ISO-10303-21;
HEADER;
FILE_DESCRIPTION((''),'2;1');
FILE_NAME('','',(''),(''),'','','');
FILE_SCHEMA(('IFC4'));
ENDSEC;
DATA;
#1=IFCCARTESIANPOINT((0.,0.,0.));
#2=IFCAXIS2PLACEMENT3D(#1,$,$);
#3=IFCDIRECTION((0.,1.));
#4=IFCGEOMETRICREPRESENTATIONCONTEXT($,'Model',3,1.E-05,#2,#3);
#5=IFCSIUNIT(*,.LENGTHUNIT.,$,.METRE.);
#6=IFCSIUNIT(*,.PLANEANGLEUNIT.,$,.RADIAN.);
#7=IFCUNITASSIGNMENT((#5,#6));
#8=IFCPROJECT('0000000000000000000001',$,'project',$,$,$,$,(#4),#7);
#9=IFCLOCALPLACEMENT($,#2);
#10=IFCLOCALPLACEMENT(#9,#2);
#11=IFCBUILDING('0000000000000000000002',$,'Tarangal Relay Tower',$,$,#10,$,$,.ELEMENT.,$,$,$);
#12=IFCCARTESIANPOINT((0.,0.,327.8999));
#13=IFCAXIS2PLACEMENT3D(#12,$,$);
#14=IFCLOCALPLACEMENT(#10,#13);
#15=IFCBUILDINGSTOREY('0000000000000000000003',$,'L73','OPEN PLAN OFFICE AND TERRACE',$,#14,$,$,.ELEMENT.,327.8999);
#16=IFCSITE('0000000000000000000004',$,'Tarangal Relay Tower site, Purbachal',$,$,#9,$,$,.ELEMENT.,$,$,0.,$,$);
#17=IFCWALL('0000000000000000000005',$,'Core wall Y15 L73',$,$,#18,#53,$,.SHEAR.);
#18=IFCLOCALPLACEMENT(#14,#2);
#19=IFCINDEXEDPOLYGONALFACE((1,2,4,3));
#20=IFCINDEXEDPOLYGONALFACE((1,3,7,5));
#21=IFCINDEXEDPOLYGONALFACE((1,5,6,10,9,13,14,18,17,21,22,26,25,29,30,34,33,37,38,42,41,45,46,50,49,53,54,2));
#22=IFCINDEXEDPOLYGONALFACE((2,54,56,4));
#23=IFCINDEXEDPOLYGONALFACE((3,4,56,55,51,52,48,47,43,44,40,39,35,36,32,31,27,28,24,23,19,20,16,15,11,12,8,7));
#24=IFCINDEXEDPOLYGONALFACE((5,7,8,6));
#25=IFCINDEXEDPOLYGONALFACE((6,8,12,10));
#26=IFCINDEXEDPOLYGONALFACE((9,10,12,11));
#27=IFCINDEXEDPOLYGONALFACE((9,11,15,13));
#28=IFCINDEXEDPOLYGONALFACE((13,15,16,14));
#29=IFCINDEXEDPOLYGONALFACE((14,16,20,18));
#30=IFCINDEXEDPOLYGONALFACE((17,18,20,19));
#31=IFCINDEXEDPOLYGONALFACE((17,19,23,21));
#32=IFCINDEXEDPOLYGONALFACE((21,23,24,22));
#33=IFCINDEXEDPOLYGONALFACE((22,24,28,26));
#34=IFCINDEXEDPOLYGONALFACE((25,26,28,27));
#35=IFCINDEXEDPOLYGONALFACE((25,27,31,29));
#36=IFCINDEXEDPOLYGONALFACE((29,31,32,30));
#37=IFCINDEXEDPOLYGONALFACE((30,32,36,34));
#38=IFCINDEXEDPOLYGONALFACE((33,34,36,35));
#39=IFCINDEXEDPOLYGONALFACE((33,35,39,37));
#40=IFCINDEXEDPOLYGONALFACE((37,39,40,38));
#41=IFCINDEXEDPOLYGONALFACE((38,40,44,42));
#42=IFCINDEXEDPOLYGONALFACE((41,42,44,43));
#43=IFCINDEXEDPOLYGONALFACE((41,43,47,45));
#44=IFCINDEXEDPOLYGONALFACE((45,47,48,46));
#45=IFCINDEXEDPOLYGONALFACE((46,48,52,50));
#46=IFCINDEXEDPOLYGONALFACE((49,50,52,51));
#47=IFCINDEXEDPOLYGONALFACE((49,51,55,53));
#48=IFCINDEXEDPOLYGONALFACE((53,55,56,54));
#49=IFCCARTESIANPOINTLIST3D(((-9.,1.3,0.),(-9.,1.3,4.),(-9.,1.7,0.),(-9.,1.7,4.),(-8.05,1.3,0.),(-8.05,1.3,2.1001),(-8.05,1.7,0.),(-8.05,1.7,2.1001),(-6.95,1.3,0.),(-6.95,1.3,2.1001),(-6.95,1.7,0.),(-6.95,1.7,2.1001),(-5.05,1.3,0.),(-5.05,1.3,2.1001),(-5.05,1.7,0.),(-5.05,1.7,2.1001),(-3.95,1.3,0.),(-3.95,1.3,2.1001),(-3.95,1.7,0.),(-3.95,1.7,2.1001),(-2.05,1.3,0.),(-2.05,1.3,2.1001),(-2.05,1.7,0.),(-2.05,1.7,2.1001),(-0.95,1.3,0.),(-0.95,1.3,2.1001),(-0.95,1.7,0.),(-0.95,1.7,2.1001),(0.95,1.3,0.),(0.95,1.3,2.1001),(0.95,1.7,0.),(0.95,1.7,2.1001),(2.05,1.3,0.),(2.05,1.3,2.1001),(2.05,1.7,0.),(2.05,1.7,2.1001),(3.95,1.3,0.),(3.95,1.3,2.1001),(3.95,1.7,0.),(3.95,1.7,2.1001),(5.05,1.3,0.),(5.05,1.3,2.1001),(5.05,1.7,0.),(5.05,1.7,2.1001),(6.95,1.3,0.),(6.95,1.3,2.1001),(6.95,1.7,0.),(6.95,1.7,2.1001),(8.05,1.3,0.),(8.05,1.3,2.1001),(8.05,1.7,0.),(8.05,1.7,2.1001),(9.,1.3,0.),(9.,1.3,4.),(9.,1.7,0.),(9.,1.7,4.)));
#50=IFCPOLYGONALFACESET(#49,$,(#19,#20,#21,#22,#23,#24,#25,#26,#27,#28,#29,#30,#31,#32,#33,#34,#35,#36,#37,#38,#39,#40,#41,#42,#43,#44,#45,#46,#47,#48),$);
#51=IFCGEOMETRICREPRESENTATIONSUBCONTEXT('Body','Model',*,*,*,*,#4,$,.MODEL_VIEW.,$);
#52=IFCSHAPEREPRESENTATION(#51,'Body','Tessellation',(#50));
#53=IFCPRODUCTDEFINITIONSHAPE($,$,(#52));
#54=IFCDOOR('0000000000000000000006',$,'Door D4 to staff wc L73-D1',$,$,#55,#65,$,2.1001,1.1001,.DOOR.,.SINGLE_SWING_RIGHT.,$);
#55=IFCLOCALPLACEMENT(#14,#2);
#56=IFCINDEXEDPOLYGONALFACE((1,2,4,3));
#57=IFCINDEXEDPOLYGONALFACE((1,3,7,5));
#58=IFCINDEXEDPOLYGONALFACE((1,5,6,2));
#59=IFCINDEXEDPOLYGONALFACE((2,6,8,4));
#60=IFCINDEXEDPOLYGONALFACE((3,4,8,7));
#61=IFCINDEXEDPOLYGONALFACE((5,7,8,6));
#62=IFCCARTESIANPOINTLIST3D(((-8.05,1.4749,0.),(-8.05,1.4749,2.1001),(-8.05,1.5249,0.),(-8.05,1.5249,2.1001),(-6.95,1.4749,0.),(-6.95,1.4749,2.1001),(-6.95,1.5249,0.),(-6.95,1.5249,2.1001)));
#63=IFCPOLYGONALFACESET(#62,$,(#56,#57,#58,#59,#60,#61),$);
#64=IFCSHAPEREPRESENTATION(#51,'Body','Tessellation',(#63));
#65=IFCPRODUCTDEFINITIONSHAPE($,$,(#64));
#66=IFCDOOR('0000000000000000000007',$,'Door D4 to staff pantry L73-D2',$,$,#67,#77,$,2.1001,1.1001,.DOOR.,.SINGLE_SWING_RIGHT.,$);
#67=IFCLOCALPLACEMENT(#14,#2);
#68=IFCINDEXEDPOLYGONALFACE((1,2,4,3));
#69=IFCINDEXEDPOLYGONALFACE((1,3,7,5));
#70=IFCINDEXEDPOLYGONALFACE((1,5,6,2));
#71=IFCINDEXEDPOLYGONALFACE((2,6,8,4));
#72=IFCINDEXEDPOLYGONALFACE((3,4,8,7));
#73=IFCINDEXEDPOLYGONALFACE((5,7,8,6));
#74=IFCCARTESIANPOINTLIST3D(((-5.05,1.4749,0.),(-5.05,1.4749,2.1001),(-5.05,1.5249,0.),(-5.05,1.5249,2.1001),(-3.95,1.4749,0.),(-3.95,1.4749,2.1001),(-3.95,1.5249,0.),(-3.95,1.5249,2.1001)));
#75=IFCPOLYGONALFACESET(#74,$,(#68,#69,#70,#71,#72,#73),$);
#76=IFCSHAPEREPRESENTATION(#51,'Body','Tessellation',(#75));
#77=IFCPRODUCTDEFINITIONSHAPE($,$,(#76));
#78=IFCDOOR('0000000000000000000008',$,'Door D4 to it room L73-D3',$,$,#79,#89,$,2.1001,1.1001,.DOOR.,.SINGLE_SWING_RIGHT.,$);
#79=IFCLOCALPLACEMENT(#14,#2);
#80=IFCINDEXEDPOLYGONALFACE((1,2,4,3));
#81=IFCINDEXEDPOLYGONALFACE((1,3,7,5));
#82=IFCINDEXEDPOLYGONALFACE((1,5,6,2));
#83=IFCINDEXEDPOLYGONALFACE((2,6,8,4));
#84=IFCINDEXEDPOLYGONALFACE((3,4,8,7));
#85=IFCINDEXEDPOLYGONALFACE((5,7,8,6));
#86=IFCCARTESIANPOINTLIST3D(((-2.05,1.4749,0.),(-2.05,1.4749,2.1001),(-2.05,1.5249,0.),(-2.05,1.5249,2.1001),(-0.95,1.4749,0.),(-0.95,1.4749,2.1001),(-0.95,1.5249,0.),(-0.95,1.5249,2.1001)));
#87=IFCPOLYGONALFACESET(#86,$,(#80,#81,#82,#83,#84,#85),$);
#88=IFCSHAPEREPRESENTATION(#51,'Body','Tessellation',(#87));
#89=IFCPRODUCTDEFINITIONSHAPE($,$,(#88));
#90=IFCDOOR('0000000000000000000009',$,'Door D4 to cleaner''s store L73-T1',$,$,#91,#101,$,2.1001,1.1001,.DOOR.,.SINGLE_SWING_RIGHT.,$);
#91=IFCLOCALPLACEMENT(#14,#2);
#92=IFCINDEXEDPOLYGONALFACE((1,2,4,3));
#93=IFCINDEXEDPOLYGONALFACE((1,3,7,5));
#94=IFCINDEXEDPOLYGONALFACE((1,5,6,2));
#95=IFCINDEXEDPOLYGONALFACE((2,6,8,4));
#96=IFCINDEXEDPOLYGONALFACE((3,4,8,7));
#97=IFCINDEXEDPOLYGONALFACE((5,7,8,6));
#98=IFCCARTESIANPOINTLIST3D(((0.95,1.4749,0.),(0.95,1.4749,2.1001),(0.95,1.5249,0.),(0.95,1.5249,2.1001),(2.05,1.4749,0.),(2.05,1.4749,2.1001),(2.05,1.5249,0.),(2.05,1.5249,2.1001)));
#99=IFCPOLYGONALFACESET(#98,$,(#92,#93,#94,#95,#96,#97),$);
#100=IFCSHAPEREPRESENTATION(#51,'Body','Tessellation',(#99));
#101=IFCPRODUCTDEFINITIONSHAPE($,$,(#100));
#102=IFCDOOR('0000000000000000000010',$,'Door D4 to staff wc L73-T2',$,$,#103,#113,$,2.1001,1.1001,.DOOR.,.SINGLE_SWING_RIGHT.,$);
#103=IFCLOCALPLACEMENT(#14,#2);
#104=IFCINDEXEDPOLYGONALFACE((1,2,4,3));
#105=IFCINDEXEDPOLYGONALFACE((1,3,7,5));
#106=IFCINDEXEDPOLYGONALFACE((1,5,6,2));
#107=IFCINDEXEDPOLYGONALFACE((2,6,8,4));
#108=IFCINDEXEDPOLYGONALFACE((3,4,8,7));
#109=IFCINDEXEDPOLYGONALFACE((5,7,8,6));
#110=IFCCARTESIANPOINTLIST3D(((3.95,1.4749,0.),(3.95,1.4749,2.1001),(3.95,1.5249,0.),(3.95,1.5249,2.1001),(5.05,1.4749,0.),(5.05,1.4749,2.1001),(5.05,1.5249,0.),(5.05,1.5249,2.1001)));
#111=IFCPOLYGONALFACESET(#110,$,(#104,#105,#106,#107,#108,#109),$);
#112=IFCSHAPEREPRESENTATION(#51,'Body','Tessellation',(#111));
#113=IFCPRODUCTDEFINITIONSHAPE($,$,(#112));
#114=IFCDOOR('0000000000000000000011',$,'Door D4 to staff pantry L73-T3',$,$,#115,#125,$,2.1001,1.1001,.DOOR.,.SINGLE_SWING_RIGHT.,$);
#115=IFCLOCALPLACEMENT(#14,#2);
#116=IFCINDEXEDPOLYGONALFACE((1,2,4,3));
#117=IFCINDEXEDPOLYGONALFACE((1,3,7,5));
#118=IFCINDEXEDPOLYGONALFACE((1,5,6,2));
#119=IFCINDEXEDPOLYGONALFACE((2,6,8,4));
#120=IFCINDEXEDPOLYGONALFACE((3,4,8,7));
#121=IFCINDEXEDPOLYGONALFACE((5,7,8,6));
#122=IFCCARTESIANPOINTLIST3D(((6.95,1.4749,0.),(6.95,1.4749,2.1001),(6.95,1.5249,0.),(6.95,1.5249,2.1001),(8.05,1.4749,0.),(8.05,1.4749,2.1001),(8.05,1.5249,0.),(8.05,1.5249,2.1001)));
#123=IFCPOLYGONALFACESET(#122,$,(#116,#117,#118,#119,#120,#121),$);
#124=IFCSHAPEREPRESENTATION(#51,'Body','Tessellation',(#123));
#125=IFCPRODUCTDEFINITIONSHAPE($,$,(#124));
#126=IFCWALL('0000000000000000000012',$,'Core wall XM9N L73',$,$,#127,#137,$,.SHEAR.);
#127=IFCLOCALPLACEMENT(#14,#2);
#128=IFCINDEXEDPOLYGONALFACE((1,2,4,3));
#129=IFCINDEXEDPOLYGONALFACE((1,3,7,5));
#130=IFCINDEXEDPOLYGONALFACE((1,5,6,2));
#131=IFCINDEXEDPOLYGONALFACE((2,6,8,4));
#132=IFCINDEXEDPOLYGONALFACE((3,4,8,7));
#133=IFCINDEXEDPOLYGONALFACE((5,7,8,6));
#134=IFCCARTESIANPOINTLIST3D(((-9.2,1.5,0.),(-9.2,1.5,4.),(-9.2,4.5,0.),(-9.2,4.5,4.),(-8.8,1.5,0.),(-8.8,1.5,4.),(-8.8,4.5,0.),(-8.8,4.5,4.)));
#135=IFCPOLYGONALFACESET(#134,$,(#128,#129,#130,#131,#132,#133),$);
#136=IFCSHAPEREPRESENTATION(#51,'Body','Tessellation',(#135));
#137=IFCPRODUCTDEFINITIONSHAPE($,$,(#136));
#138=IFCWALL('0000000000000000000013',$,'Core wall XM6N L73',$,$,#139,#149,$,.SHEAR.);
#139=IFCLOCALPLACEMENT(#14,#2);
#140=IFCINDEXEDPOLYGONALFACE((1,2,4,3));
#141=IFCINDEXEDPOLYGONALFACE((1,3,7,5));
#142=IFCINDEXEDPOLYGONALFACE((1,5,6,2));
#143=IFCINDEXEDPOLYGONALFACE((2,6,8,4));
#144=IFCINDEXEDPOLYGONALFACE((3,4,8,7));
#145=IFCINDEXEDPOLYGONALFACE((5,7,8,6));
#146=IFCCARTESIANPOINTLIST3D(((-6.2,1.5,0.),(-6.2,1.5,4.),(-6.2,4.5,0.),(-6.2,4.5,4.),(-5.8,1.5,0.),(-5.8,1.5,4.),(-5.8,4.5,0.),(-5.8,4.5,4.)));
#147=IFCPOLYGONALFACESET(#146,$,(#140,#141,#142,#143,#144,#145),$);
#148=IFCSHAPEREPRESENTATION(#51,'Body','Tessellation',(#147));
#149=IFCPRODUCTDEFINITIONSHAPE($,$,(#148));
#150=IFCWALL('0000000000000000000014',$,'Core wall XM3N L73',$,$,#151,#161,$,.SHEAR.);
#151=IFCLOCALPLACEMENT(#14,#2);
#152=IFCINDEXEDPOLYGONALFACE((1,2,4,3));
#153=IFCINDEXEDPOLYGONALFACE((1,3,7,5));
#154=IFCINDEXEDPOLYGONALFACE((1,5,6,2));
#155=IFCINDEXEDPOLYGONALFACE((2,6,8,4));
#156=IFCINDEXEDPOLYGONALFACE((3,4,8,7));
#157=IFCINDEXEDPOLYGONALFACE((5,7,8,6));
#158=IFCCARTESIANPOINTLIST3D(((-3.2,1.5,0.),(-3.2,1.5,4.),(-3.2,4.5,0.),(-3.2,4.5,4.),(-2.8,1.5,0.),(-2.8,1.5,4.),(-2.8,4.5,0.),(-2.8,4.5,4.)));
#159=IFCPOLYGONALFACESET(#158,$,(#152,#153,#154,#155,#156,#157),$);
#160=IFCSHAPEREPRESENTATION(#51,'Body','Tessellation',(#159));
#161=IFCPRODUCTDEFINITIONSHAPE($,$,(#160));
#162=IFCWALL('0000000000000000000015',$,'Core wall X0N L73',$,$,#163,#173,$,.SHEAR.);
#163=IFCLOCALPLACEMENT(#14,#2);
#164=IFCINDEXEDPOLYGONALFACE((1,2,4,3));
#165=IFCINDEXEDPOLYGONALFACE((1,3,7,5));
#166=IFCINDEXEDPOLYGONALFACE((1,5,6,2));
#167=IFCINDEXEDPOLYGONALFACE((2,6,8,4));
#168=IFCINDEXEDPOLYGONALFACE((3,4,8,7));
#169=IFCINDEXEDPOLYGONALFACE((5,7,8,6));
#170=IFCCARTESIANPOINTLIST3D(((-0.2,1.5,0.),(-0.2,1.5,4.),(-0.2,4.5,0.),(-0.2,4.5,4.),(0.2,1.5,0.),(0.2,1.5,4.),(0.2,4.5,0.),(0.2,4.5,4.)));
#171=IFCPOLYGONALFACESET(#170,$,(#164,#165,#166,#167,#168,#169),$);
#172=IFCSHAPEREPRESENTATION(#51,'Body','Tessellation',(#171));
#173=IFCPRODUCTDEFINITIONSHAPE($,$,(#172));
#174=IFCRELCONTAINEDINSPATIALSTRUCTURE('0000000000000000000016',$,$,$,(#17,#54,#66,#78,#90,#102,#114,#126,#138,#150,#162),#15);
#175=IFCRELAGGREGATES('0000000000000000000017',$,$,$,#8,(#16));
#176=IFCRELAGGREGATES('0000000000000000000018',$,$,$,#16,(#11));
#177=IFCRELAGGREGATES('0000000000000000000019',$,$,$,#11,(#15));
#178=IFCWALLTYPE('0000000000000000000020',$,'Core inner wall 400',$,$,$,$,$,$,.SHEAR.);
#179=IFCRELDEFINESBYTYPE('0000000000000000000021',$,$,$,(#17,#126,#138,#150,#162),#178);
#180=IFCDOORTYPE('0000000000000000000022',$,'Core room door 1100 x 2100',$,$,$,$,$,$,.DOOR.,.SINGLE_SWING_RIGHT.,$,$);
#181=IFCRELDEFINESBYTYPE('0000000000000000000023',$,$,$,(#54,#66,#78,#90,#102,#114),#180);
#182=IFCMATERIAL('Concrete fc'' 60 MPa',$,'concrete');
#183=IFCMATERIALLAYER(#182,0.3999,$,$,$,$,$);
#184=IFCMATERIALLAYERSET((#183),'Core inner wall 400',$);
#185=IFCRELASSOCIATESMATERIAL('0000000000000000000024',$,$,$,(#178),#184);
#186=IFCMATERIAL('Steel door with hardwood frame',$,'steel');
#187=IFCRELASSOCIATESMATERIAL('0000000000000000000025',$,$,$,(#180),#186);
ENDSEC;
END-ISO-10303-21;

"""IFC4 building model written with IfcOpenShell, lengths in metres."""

from ifc_helpers import new_model, si_unit, direction, frame, frame_2d, origin, place, context, subcontext, project, spatial, rectangle, extrude, material, layer, layer_set, type_object, element, fill, save


model = new_model("IFC4")

# Units and contexts
model_context = context("Model", 3, precision=1e-05, world=origin(), true_north=direction((0.0, 1.0)))
body_context = subcontext(model_context, "Body", "Model", "MODEL_VIEW")
ifc_project = project(units=[si_unit("LENGTHUNIT", "METRE"), si_unit("PLANEANGLEUNIT", "RADIAN")], contexts=[model_context])

# Site, building, storey
site_placement = place(None, origin())
site = spatial("IfcSite", under=ifc_project, at=site_placement, Name="Tarangal Relay Tower site, Purbachal", CompositionType="ELEMENT", RefElevation=0.0)
building_placement = place(site_placement, origin())
building = spatial("IfcBuilding", under=site, at=building_placement, Name="Tarangal Relay Tower", CompositionType="ELEMENT")
storey_placement = place(building_placement, frame((0.0, 0.0, 327.8999)))
storey = spatial("IfcBuildingStorey", under=building, at=storey_placement, Name="L73", Description="OPEN PLAN OFFICE AND TERRACE", CompositionType="ELEMENT", Elevation=327.8999)

# Wall, openings, doors
ifc_material_1 = material(Name="Concrete fc' 60 MPa", Category="concrete")
ifc_layer_1 = layer(ifc_material_1, 0.3999)
ifc_layer_set_1 = layer_set([ifc_layer_1], Name="Core inner wall 400")
wall_type = type_object("IfcWallType", Name="Core inner wall 400", PredefinedType="SHEAR", material=ifc_layer_set_1)
wall_1_placement = place(storey_placement, frame((-9.0, 1.5, 0.0), z_axis=(0.0, 0.0, 1.0), x_axis=(1.0, 0.0, 0.0)))
wall_1 = element("IfcWall", 1, at=wall_1_placement, inside=storey, type_object=wall_type, Name="Core wall Y15 L73", PredefinedType="SHEAR", context=body_context, shape_type="SweptSolid", body=[
    extrude(rectangle(XDim=18.0, YDim=0.3999, at=frame_2d((9.0, 0.0))), origin(), (0.0, 0.0, 1.0), 4.0),
])
opening_1_placement = place(wall_1_placement, frame((0.95, 0.0, 0.0)))
opening_1 = element("IfcOpeningElement", 2, at=opening_1_placement, cuts=wall_1, PredefinedType="OPENING", context=body_context, shape_type="SweptSolid", body=[
    extrude(rectangle(XDim=1.1001, YDim=2.1001, at=frame_2d((0.55, 1.05))), frame((0.0, 0.21, 0.0), z_axis=(0.0, -1.0, 0.0), x_axis=(1.0, 0.0, 0.0)), (0.0, 0.0, 1.0), 0.4199),
])
opening_2_placement = place(wall_1_placement, frame((3.95, 0.0, 0.0)))
opening_2 = element("IfcOpeningElement", 3, at=opening_2_placement, cuts=wall_1, PredefinedType="OPENING", context=body_context, shape_type="SweptSolid", body=[
    extrude(rectangle(XDim=1.1001, YDim=2.1001, at=frame_2d((0.55, 1.05))), frame((0.0, 0.21, 0.0), z_axis=(0.0, -1.0, 0.0), x_axis=(1.0, 0.0, 0.0)), (0.0, 0.0, 1.0), 0.4199),
])
opening_3_placement = place(wall_1_placement, frame((6.95, 0.0, 0.0)))
opening_3 = element("IfcOpeningElement", 4, at=opening_3_placement, cuts=wall_1, PredefinedType="OPENING", context=body_context, shape_type="SweptSolid", body=[
    extrude(rectangle(XDim=1.1001, YDim=2.1001, at=frame_2d((0.55, 1.05))), frame((0.0, 0.21, 0.0), z_axis=(0.0, -1.0, 0.0), x_axis=(1.0, 0.0, 0.0)), (0.0, 0.0, 1.0), 0.4199),
])
opening_4_placement = place(wall_1_placement, frame((9.95, 0.0, 0.0)))
opening_4 = element("IfcOpeningElement", 5, at=opening_4_placement, cuts=wall_1, PredefinedType="OPENING", context=body_context, shape_type="SweptSolid", body=[
    extrude(rectangle(XDim=1.1001, YDim=2.1001, at=frame_2d((0.55, 1.05))), frame((0.0, 0.21, 0.0), z_axis=(0.0, -1.0, 0.0), x_axis=(1.0, 0.0, 0.0)), (0.0, 0.0, 1.0), 0.4199),
])
opening_5_placement = place(wall_1_placement, frame((12.95, 0.0, 0.0)))
opening_5 = element("IfcOpeningElement", 6, at=opening_5_placement, cuts=wall_1, PredefinedType="OPENING", context=body_context, shape_type="SweptSolid", body=[
    extrude(rectangle(XDim=1.1001, YDim=2.1001, at=frame_2d((0.55, 1.05))), frame((0.0, 0.21, 0.0), z_axis=(0.0, -1.0, 0.0), x_axis=(1.0, 0.0, 0.0)), (0.0, 0.0, 1.0), 0.4199),
])
opening_6_placement = place(wall_1_placement, frame((15.95, 0.0, 0.0)))
opening_6 = element("IfcOpeningElement", 7, at=opening_6_placement, cuts=wall_1, PredefinedType="OPENING", context=body_context, shape_type="SweptSolid", body=[
    extrude(rectangle(XDim=1.1001, YDim=2.1001, at=frame_2d((0.55, 1.05))), frame((0.0, 0.21, 0.0), z_axis=(0.0, -1.0, 0.0), x_axis=(1.0, 0.0, 0.0)), (0.0, 0.0, 1.0), 0.4199),
])
ifc_material_2 = material(Name="Steel door with hardwood frame", Category="steel")
door_type_1 = type_object("IfcDoorType", Name="Core room door 1100 x 2100", OperationType="SINGLE_SWING_RIGHT", PredefinedType="DOOR", material=ifc_material_2)
door_1_placement = place(opening_1_placement, origin())
door_1 = element("IfcDoor", 8, at=door_1_placement, inside=storey, type_object=door_type_1, Name="Door D4 to staff wc L73-D1", OperationType="SINGLE_SWING_RIGHT", OverallHeight=2.1001, OverallWidth=1.1001, PredefinedType="DOOR", context=body_context, shape_type="SweptSolid", body=[
    extrude(rectangle(XDim=1.1001, YDim=2.1001, at=frame_2d((0.55, 1.05))), frame((0.0, 0.0249, 0.0), z_axis=(0.0, -1.0, 0.0), x_axis=(1.0, 0.0, 0.0)), (0.0, 0.0, 1.0), 0.05),
])
fill(opening_1, door_1)
door_2_placement = place(opening_2_placement, origin())
door_2 = element("IfcDoor", 9, at=door_2_placement, inside=storey, type_object=door_type_1, Name="Door D4 to staff pantry L73-D2", OperationType="SINGLE_SWING_RIGHT", OverallHeight=2.1001, OverallWidth=1.1001, PredefinedType="DOOR", context=body_context, shape_type="SweptSolid", body=[
    extrude(rectangle(XDim=1.1001, YDim=2.1001, at=frame_2d((0.55, 1.05))), frame((0.0, 0.0249, 0.0), z_axis=(0.0, -1.0, 0.0), x_axis=(1.0, 0.0, 0.0)), (0.0, 0.0, 1.0), 0.05),
])
fill(opening_2, door_2)
door_3_placement = place(opening_3_placement, origin())
door_3 = element("IfcDoor", 10, at=door_3_placement, inside=storey, type_object=door_type_1, Name="Door D4 to it room L73-D3", OperationType="SINGLE_SWING_RIGHT", OverallHeight=2.1001, OverallWidth=1.1001, PredefinedType="DOOR", context=body_context, shape_type="SweptSolid", body=[
    extrude(rectangle(XDim=1.1001, YDim=2.1001, at=frame_2d((0.55, 1.05))), frame((0.0, 0.0249, 0.0), z_axis=(0.0, -1.0, 0.0), x_axis=(1.0, 0.0, 0.0)), (0.0, 0.0, 1.0), 0.05),
])
fill(opening_3, door_3)
door_4_placement = place(opening_4_placement, origin())
door_4 = element("IfcDoor", 11, at=door_4_placement, inside=storey, type_object=door_type_1, Name="Door D4 to cleaner's store L73-T1", OperationType="SINGLE_SWING_RIGHT", OverallHeight=2.1001, OverallWidth=1.1001, PredefinedType="DOOR", context=body_context, shape_type="SweptSolid", body=[
    extrude(rectangle(XDim=1.1001, YDim=2.1001, at=frame_2d((0.55, 1.05))), frame((0.0, 0.0249, 0.0), z_axis=(0.0, -1.0, 0.0), x_axis=(1.0, 0.0, 0.0)), (0.0, 0.0, 1.0), 0.05),
])
fill(opening_4, door_4)
door_5_placement = place(opening_5_placement, origin())
door_5 = element("IfcDoor", 12, at=door_5_placement, inside=storey, type_object=door_type_1, Name="Door D4 to staff wc L73-T2", OperationType="SINGLE_SWING_RIGHT", OverallHeight=2.1001, OverallWidth=1.1001, PredefinedType="DOOR", context=body_context, shape_type="SweptSolid", body=[
    extrude(rectangle(XDim=1.1001, YDim=2.1001, at=frame_2d((0.55, 1.05))), frame((0.0, 0.0249, 0.0), z_axis=(0.0, -1.0, 0.0), x_axis=(1.0, 0.0, 0.0)), (0.0, 0.0, 1.0), 0.05),
])
fill(opening_5, door_5)
door_6_placement = place(opening_6_placement, origin())
door_6 = element("IfcDoor", 13, at=door_6_placement, inside=storey, type_object=door_type_1, Name="Door D4 to staff pantry L73-T3", OperationType="SINGLE_SWING_RIGHT", OverallHeight=2.1001, OverallWidth=1.1001, PredefinedType="DOOR", context=body_context, shape_type="SweptSolid", body=[
    extrude(rectangle(XDim=1.1001, YDim=2.1001, at=frame_2d((0.55, 1.05))), frame((0.0, 0.0249, 0.0), z_axis=(0.0, -1.0, 0.0), x_axis=(1.0, 0.0, 0.0)), (0.0, 0.0, 1.0), 0.05),
])
fill(opening_6, door_6)

# Walls
for number, where, z_axis, x_axis, name in (
    (14, (-9.0, 1.5, 0.0), (0.0, 0.0, 1.0), (0.0, 1.0, 0.0), "Core wall XM9N L73"),
    (15, (-6.0, 1.5, 0.0), (0.0, 0.0, 1.0), (0.0, 1.0, 0.0), "Core wall XM6N L73"),
    (16, (-3.0, 1.5, 0.0), (0.0, 0.0, 1.0), (0.0, 1.0, 0.0), "Core wall XM3N L73"),
    (17, (0.0, 1.5, 0.0), (0.0, 0.0, 1.0), (0.0, 1.0, 0.0), "Core wall X0N L73"),
):
    element("IfcWall", number, at=place(storey_placement, frame(where, z_axis=z_axis, x_axis=x_axis)), inside=storey, type_object=wall_type, Name=name, PredefinedType="SHEAR", context=body_context, shape_type="SweptSolid", body=[
        extrude(rectangle(XDim=3.0, YDim=0.3999, at=frame_2d((1.5, 0.0))), origin(), (0.0, 0.0, 1.0), 4.0),
    ])

save(model, "model.ifc")
